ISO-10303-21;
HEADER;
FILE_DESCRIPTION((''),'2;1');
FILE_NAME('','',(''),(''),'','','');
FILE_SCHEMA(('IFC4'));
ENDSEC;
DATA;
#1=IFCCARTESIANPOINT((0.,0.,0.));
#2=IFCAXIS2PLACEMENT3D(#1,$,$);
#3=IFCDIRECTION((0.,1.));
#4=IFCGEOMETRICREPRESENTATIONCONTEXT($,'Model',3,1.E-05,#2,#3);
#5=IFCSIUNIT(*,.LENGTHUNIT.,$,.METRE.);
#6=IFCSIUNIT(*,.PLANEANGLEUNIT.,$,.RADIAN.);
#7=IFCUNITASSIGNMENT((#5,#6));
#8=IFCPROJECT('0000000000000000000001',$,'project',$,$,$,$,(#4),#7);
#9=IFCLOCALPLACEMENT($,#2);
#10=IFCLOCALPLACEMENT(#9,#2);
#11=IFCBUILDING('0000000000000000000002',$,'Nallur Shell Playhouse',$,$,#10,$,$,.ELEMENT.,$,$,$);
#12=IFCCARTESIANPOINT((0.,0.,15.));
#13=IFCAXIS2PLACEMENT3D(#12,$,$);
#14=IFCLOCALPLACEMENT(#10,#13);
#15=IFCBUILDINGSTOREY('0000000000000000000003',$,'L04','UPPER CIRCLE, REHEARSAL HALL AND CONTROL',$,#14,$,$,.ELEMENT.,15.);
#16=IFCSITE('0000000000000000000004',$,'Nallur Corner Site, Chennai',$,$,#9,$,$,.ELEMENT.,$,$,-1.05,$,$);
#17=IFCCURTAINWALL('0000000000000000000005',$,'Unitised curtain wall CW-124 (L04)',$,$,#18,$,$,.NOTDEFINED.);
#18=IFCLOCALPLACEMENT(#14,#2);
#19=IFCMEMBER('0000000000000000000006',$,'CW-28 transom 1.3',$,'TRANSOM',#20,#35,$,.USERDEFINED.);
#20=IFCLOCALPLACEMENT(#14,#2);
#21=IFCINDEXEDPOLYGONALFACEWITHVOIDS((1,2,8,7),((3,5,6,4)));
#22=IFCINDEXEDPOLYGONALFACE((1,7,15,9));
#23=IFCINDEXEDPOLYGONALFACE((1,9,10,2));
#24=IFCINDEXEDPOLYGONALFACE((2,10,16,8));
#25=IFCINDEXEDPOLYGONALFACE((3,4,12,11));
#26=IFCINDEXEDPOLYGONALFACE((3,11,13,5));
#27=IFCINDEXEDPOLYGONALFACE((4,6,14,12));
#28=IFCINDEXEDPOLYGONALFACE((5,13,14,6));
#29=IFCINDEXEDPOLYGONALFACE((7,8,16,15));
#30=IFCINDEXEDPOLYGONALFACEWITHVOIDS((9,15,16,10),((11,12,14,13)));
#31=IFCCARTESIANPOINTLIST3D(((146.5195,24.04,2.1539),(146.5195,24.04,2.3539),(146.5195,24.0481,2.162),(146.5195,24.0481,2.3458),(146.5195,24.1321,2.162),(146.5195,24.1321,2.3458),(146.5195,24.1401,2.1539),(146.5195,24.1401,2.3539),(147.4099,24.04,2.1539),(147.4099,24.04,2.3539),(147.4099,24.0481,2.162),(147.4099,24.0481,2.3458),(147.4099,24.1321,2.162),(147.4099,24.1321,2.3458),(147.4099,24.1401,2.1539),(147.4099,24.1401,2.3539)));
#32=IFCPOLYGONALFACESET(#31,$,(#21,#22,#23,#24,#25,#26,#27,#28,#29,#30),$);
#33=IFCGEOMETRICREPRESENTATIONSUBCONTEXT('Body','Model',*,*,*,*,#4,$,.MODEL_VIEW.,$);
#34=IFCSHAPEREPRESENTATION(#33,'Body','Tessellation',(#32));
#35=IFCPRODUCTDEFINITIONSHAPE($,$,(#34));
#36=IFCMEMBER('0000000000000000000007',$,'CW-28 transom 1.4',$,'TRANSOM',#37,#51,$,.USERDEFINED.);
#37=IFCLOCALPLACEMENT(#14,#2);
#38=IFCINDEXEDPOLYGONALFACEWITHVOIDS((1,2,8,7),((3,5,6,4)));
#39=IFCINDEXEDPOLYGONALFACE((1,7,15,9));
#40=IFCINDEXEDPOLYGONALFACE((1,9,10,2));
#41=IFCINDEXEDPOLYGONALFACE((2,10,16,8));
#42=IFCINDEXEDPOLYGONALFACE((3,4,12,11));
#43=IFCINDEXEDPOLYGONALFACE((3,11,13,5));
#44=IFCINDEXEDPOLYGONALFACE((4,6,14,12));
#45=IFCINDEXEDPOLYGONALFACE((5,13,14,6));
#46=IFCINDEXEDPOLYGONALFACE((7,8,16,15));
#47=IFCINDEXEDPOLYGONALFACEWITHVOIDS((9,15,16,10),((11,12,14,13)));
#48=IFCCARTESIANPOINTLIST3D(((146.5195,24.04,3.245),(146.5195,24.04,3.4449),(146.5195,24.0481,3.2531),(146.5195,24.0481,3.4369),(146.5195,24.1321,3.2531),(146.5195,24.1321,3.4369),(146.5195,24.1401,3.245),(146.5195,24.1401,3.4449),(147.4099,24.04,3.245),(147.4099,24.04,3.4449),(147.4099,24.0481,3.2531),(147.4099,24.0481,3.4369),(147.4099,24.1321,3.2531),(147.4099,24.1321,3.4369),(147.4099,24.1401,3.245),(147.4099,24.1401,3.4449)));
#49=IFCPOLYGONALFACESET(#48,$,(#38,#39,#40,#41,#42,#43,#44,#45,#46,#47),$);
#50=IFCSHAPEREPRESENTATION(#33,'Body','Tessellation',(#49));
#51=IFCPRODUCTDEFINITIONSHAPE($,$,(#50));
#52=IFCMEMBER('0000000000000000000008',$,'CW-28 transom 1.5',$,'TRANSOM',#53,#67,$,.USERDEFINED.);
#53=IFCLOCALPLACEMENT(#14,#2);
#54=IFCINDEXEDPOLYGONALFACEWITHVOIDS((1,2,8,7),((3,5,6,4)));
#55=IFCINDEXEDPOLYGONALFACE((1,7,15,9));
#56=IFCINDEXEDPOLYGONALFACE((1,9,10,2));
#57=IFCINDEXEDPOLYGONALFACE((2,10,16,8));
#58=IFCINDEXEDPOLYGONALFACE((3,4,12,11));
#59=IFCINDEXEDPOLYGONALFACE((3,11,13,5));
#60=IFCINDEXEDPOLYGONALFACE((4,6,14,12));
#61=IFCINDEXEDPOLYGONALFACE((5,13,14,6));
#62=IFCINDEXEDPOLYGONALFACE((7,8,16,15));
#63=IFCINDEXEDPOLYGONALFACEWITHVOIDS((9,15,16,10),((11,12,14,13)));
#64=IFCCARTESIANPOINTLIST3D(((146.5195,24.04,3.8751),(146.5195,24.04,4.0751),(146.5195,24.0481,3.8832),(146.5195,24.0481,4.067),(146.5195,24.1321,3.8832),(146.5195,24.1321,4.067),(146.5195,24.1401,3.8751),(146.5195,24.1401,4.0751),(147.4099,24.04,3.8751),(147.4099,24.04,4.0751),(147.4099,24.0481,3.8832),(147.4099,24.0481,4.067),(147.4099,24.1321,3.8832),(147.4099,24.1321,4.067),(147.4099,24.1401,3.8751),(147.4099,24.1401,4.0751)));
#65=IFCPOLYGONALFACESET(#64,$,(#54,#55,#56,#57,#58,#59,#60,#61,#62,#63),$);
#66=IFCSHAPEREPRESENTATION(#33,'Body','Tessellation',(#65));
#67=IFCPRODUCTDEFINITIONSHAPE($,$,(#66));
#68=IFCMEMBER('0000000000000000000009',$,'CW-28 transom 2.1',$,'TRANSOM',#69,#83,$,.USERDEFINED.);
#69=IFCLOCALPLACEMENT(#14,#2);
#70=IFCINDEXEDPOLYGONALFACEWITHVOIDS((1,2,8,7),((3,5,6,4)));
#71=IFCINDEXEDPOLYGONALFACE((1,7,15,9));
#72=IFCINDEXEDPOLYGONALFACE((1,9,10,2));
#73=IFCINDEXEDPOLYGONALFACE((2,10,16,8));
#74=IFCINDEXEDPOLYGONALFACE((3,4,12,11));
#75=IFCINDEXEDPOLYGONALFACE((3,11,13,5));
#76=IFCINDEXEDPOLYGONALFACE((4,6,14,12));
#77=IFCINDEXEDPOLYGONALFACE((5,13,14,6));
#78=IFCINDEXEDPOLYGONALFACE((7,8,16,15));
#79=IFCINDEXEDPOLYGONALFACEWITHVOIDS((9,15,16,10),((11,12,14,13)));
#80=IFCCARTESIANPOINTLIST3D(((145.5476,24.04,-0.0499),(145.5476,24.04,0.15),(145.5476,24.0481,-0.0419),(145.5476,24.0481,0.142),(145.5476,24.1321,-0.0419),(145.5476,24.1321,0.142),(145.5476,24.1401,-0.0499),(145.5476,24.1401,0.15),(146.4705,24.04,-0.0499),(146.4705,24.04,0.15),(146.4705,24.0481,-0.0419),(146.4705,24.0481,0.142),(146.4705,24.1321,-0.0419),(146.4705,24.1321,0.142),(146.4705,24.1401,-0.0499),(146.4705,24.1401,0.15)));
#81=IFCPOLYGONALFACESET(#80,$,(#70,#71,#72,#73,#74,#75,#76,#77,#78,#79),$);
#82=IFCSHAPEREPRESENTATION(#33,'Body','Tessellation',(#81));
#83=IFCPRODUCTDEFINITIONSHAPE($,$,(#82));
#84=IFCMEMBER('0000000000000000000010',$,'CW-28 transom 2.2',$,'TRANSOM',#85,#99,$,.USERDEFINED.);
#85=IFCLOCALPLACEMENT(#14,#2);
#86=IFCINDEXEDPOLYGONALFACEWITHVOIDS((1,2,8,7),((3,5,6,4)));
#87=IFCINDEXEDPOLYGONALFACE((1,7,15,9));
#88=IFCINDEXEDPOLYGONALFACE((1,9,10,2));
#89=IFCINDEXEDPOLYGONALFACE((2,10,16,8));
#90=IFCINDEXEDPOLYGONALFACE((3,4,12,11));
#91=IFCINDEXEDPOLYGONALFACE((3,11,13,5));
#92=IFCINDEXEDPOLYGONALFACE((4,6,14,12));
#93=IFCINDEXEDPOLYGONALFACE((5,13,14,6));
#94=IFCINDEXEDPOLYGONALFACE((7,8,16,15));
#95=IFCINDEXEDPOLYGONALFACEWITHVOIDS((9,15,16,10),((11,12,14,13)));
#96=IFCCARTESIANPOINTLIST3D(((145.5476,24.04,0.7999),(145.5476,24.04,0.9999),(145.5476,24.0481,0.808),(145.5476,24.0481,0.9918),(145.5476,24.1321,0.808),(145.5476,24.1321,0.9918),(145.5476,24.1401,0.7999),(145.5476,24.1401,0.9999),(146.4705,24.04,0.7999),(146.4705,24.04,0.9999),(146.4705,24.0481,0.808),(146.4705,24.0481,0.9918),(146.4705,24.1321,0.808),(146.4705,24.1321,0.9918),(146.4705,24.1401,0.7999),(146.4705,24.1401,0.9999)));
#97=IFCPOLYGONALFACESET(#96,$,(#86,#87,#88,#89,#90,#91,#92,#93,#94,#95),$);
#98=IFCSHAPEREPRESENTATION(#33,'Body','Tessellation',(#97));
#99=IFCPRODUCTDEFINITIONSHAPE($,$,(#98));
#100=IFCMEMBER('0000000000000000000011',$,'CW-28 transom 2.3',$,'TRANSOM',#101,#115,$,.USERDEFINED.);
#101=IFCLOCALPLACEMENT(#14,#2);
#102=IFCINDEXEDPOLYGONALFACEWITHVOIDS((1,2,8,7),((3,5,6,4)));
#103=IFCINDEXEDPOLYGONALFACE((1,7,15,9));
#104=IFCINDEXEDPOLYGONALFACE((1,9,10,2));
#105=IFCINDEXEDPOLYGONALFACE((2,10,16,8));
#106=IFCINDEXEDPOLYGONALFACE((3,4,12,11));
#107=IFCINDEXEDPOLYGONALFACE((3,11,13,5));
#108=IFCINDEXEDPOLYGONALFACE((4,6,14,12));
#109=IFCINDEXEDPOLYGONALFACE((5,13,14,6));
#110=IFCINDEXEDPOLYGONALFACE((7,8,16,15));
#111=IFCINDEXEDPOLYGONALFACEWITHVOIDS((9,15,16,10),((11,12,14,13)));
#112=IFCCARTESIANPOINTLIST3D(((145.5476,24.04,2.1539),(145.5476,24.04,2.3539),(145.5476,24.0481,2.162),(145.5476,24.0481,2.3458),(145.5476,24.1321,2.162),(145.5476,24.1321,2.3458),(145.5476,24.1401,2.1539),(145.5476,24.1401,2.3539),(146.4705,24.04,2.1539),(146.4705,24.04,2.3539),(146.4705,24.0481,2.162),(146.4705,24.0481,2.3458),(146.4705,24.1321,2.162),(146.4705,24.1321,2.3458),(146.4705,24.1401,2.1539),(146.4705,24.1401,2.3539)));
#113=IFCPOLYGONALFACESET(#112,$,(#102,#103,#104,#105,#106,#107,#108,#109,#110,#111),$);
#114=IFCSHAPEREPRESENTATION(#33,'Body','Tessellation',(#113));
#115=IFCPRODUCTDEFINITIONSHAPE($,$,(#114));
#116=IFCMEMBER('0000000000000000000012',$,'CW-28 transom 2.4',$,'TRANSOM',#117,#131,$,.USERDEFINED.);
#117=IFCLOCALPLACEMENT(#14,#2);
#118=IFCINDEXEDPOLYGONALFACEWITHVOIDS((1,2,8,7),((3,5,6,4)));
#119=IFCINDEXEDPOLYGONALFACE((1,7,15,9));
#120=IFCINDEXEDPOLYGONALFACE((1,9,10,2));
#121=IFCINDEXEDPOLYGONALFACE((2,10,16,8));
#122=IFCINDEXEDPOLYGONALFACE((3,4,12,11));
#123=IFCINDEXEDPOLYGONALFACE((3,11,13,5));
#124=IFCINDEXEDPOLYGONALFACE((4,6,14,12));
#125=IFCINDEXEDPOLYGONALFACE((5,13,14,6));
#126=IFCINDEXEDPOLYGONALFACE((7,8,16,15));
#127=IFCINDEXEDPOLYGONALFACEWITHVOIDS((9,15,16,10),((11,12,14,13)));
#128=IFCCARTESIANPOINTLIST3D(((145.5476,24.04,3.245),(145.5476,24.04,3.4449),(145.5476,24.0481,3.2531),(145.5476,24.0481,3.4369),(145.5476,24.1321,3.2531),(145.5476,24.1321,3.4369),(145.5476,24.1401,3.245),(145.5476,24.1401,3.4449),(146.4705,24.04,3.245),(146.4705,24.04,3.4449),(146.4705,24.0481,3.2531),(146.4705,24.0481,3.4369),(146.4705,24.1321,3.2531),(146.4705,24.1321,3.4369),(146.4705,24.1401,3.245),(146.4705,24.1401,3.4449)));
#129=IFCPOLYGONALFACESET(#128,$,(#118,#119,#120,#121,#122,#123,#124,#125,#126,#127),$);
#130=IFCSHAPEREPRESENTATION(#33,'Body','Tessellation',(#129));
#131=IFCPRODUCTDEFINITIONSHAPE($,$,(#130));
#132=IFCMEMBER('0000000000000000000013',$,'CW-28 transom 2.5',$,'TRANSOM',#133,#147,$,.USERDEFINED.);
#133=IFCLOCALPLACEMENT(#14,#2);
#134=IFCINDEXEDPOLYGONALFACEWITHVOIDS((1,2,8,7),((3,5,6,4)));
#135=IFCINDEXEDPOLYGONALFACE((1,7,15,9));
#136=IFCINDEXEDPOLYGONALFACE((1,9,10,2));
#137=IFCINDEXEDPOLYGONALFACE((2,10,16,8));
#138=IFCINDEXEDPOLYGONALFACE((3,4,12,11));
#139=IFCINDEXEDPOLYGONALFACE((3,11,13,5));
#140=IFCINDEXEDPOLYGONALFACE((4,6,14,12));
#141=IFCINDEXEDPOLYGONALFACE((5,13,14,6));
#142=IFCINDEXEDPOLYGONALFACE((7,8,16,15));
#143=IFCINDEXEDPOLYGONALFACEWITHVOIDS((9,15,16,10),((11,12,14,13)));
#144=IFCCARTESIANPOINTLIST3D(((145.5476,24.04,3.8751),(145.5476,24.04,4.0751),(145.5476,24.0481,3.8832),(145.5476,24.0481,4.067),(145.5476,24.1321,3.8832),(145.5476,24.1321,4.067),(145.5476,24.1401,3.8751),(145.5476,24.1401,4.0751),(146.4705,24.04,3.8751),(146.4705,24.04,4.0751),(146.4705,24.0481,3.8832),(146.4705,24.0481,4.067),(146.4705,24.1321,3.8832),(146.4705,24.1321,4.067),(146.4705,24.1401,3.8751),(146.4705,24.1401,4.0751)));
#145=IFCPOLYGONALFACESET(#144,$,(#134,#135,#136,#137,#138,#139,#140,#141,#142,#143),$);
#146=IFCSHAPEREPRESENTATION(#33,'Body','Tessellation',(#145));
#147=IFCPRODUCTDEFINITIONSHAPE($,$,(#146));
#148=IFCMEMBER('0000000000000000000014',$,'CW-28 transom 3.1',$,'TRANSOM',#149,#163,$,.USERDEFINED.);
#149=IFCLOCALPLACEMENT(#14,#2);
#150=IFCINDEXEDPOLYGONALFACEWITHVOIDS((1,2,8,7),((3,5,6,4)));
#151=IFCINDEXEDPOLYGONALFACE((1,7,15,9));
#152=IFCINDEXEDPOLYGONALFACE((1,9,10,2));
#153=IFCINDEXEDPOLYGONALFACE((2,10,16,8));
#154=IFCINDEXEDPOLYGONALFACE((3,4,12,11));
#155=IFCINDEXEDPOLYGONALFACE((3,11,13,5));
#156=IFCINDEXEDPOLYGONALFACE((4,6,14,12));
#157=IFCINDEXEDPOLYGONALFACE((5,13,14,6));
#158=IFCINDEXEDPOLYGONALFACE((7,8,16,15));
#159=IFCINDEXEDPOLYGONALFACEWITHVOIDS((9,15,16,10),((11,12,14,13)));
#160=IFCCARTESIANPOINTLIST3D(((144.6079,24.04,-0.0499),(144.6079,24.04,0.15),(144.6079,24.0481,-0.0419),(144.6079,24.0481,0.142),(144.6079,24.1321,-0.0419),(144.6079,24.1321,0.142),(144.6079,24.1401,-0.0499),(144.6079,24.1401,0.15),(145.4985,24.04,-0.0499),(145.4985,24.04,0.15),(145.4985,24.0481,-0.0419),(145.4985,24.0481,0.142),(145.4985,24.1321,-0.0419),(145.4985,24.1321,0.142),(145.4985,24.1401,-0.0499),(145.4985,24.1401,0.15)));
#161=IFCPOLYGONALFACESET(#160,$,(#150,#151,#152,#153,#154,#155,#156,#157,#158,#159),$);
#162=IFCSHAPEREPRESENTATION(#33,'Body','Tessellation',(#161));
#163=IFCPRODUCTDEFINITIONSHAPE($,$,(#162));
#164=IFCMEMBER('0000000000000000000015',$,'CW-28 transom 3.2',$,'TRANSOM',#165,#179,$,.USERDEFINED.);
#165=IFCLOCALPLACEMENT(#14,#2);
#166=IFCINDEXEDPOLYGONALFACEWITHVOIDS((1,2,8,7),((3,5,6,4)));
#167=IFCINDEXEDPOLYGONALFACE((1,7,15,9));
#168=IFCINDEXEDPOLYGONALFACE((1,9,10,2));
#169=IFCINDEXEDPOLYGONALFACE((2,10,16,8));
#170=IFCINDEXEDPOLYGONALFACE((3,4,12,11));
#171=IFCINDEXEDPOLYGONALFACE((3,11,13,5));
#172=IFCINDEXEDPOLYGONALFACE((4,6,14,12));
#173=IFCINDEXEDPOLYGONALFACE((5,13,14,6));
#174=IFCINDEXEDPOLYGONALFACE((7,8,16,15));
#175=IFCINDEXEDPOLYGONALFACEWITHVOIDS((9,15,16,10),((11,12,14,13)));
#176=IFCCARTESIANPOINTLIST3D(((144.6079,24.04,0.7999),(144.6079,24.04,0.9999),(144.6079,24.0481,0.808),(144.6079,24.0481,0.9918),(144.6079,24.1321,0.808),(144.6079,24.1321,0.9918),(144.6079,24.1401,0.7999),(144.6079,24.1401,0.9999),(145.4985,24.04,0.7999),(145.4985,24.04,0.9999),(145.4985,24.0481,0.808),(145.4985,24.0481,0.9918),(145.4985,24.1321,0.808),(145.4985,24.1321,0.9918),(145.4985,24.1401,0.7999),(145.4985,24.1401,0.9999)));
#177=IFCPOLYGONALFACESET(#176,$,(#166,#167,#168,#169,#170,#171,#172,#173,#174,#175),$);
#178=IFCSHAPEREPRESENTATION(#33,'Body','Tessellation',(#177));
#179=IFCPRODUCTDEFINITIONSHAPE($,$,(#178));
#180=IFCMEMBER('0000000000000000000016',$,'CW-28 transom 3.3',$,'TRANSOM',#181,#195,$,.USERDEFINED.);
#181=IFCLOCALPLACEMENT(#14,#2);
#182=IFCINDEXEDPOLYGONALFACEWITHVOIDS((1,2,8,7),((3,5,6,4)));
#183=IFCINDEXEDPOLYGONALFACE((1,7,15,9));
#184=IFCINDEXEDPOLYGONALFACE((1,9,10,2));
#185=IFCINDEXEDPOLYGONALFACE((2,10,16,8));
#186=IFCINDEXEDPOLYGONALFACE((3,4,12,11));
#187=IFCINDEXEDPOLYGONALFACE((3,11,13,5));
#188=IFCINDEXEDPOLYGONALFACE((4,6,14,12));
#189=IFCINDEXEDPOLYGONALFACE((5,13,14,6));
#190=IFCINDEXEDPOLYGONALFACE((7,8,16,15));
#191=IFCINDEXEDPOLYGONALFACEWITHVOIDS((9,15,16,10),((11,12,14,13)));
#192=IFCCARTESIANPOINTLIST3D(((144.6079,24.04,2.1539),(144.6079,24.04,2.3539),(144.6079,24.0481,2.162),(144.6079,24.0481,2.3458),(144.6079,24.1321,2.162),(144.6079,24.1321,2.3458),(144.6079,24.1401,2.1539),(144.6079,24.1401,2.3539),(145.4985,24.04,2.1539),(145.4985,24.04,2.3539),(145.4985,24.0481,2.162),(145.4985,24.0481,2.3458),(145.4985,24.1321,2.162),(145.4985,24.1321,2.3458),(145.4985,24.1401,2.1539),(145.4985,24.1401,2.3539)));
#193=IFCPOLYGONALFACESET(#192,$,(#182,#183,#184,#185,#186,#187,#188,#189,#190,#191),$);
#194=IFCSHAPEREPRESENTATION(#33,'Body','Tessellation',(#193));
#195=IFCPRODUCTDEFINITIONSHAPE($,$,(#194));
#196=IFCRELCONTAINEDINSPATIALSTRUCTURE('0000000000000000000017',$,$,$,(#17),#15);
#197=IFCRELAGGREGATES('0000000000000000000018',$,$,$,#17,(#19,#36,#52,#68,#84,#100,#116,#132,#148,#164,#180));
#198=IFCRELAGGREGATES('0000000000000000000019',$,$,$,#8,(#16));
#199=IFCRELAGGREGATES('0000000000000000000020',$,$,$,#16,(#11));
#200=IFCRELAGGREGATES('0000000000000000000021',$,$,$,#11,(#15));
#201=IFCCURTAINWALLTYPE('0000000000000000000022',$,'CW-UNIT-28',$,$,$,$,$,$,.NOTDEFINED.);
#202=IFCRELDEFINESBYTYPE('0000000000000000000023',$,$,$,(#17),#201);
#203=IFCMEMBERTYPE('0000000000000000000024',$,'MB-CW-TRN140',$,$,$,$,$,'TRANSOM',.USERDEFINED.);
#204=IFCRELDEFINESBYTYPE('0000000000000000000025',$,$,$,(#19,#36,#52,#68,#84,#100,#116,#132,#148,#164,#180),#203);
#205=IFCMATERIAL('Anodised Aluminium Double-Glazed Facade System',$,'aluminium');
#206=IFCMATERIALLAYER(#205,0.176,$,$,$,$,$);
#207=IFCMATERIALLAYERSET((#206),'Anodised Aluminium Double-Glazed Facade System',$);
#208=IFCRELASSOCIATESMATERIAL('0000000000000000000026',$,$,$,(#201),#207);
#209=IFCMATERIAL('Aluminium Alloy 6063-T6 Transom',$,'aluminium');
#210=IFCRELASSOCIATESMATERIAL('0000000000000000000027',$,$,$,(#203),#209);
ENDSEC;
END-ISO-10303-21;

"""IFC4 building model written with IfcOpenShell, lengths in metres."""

from ifc_helpers import new_model, si_unit, direction, frame, origin, origin_2d, place, context, subcontext, project, spatial, hollow_rectangle, extrude, material, layer, layer_set, material_profile, profile_set, type_object, element, aggregate, save


model = new_model("IFC4")

# Units and contexts
model_context = context("Model", 3, precision=1e-05, world=origin(), true_north=direction((0.0, 1.0)))
body_context = subcontext(model_context, "Body", "Model", "MODEL_VIEW")
ifc_project = project(units=[si_unit("LENGTHUNIT", "METRE"), si_unit("PLANEANGLEUNIT", "RADIAN")], contexts=[model_context])

# Site, building, storey
site_placement = place(None, origin())
site = spatial("IfcSite", under=ifc_project, at=site_placement, Name="Nallur Corner Site, Chennai", CompositionType="ELEMENT", RefElevation=-1.05)
building_placement = place(site_placement, origin())
building = spatial("IfcBuilding", under=site, at=building_placement, Name="Nallur Shell Playhouse", CompositionType="ELEMENT")
storey_placement = place(building_placement, frame((0.0, 0.0, 15.0)))
storey = spatial("IfcBuildingStorey", under=building, at=storey_placement, Name="L04", Description="UPPER CIRCLE, REHEARSAL HALL AND CONTROL", CompositionType="ELEMENT", Elevation=15.0)

# Shared definitions
ifc_material_1 = material(Name="Anodised Aluminium Double-Glazed Facade System", Category="aluminium")

# Curtain wall, members
ifc_layer_1 = layer(ifc_material_1, 0.176)
ifc_layer_set_1 = layer_set([ifc_layer_1], Name="Anodised Aluminium Double-Glazed Facade System")
curtain_wall_type_1 = type_object("IfcCurtainWallType", Name="CW-UNIT-28", PredefinedType="NOTDEFINED", material=ifc_layer_set_1)
curtain_wall_1_placement = place(storey_placement, origin())
curtain_wall_1 = element("IfcCurtainWall", 1, at=curtain_wall_1_placement, inside=storey, type_object=curtain_wall_type_1, Name="Unitised curtain wall CW-124 (L04)", PredefinedType="NOTDEFINED")
ifc_material_2 = material(Name="Aluminium Alloy 6063-T6 Transom", Category="aluminium")
ifc_material_profile_1 = material_profile(ifc_material_2, hollow_rectangle(XDim=0.1001, YDim=0.2, WallThickness=0.0081, at=origin_2d()), Name="RHS 200x100x8")
ifc_profile_set_1 = profile_set([ifc_material_profile_1], Name="Aluminium Alloy 6063-T6 Transom")
member_type_1 = type_object("IfcMemberType", Name="MB-CW-TRN140", ElementType="TRANSOM", PredefinedType="USERDEFINED", material=ifc_profile_set_1)
member_1_placement = place(storey_placement, frame((147.4099, 24.0901, 2.2539), z_axis=(-1.0, 0.0, 0.0), x_axis=(0.0, -1.0, 0.0)))
member_1 = element("IfcMember", 2, at=member_1_placement, type_object=member_type_1, Name="CW-28 transom 1.3", ObjectType="TRANSOM", PredefinedType="USERDEFINED", context=body_context, shape_type="SweptSolid", body=[
    extrude(hollow_rectangle(XDim=0.1001, YDim=0.2, WallThickness=0.0081, at=origin_2d()), origin(), (0.0, 0.0, 1.0), 0.8904),
])
member_2_placement = place(storey_placement, frame((147.4099, 24.0901, 3.345), z_axis=(-1.0, 0.0, 0.0), x_axis=(0.0, -1.0, 0.0)))
member_2 = element("IfcMember", 3, at=member_2_placement, type_object=member_type_1, Name="CW-28 transom 1.4", ObjectType="TRANSOM", PredefinedType="USERDEFINED", context=body_context, shape_type="SweptSolid", body=[
    extrude(hollow_rectangle(XDim=0.1001, YDim=0.2, WallThickness=0.0081, at=origin_2d()), origin(), (0.0, 0.0, 1.0), 0.8904),
])
member_3_placement = place(storey_placement, frame((147.4099, 24.0901, 3.9751), z_axis=(-1.0, 0.0, 0.0), x_axis=(0.0, -1.0, 0.0)))
member_3 = element("IfcMember", 4, at=member_3_placement, type_object=member_type_1, Name="CW-28 transom 1.5", ObjectType="TRANSOM", PredefinedType="USERDEFINED", context=body_context, shape_type="SweptSolid", body=[
    extrude(hollow_rectangle(XDim=0.1001, YDim=0.2, WallThickness=0.0081, at=origin_2d()), origin(), (0.0, 0.0, 1.0), 0.8904),
])
member_4_placement = place(storey_placement, frame((146.4705, 24.0901, 0.05), z_axis=(-1.0, 0.0, 0.0), x_axis=(0.0, -1.0, 0.0)))
member_4 = element("IfcMember", 5, at=member_4_placement, type_object=member_type_1, Name="CW-28 transom 2.1", ObjectType="TRANSOM", PredefinedType="USERDEFINED", context=body_context, shape_type="SweptSolid", body=[
    extrude(hollow_rectangle(XDim=0.1001, YDim=0.2, WallThickness=0.0081, at=origin_2d()), origin(), (0.0, 0.0, 1.0), 0.9229),
])
member_5_placement = place(storey_placement, frame((146.4705, 24.0901, 0.8999), z_axis=(-1.0, 0.0, 0.0), x_axis=(0.0, -1.0, 0.0)))
member_5 = element("IfcMember", 6, at=member_5_placement, type_object=member_type_1, Name="CW-28 transom 2.2", ObjectType="TRANSOM", PredefinedType="USERDEFINED", context=body_context, shape_type="SweptSolid", body=[
    extrude(hollow_rectangle(XDim=0.1001, YDim=0.2, WallThickness=0.0081, at=origin_2d()), origin(), (0.0, 0.0, 1.0), 0.9229),
])
member_6_placement = place(storey_placement, frame((146.4705, 24.0901, 2.2539), z_axis=(-1.0, 0.0, 0.0), x_axis=(0.0, -1.0, 0.0)))
member_6 = element("IfcMember", 7, at=member_6_placement, type_object=member_type_1, Name="CW-28 transom 2.3", ObjectType="TRANSOM", PredefinedType="USERDEFINED", context=body_context, shape_type="SweptSolid", body=[
    extrude(hollow_rectangle(XDim=0.1001, YDim=0.2, WallThickness=0.0081, at=origin_2d()), origin(), (0.0, 0.0, 1.0), 0.9229),
])
member_7_placement = place(storey_placement, frame((146.4705, 24.0901, 3.345), z_axis=(-1.0, 0.0, 0.0), x_axis=(0.0, -1.0, 0.0)))
member_7 = element("IfcMember", 8, at=member_7_placement, type_object=member_type_1, Name="CW-28 transom 2.4", ObjectType="TRANSOM", PredefinedType="USERDEFINED", context=body_context, shape_type="SweptSolid", body=[
    extrude(hollow_rectangle(XDim=0.1001, YDim=0.2, WallThickness=0.0081, at=origin_2d()), origin(), (0.0, 0.0, 1.0), 0.9229),
])
member_8_placement = place(storey_placement, frame((146.4705, 24.0901, 3.9751), z_axis=(-1.0, 0.0, 0.0), x_axis=(0.0, -1.0, 0.0)))
member_8 = element("IfcMember", 9, at=member_8_placement, type_object=member_type_1, Name="CW-28 transom 2.5", ObjectType="TRANSOM", PredefinedType="USERDEFINED", context=body_context, shape_type="SweptSolid", body=[
    extrude(hollow_rectangle(XDim=0.1001, YDim=0.2, WallThickness=0.0081, at=origin_2d()), origin(), (0.0, 0.0, 1.0), 0.9229),
])
member_9_placement = place(storey_placement, frame((145.4985, 24.0901, 0.05), z_axis=(-1.0, 0.0, 0.0), x_axis=(0.0, -1.0, 0.0)))
member_9 = element("IfcMember", 10, at=member_9_placement, type_object=member_type_1, Name="CW-28 transom 3.1", ObjectType="TRANSOM", PredefinedType="USERDEFINED", context=body_context, shape_type="SweptSolid", body=[
    extrude(hollow_rectangle(XDim=0.1001, YDim=0.2, WallThickness=0.0081, at=origin_2d()), origin(), (0.0, 0.0, 1.0), 0.8906),
])
member_10_placement = place(storey_placement, frame((145.4985, 24.0901, 0.8999), z_axis=(-1.0, 0.0, 0.0), x_axis=(0.0, -1.0, 0.0)))
member_10 = element("IfcMember", 11, at=member_10_placement, type_object=member_type_1, Name="CW-28 transom 3.2", ObjectType="TRANSOM", PredefinedType="USERDEFINED", context=body_context, shape_type="SweptSolid", body=[
    extrude(hollow_rectangle(XDim=0.1001, YDim=0.2, WallThickness=0.0081, at=origin_2d()), origin(), (0.0, 0.0, 1.0), 0.8906),
])
member_11_placement = place(storey_placement, frame((145.4985, 24.0901, 2.2539), z_axis=(-1.0, 0.0, 0.0), x_axis=(0.0, -1.0, 0.0)))
member_11 = element("IfcMember", 12, at=member_11_placement, type_object=member_type_1, Name="CW-28 transom 3.3", ObjectType="TRANSOM", PredefinedType="USERDEFINED", context=body_context, shape_type="SweptSolid", body=[
    extrude(hollow_rectangle(XDim=0.1001, YDim=0.2, WallThickness=0.0081, at=origin_2d()), origin(), (0.0, 0.0, 1.0), 0.8906),
])
aggregate(curtain_wall_1, [member_1, member_2, member_3, member_4, member_5, member_6, member_7, member_8, member_9, member_10, member_11])

save(model, "model.ifc")
